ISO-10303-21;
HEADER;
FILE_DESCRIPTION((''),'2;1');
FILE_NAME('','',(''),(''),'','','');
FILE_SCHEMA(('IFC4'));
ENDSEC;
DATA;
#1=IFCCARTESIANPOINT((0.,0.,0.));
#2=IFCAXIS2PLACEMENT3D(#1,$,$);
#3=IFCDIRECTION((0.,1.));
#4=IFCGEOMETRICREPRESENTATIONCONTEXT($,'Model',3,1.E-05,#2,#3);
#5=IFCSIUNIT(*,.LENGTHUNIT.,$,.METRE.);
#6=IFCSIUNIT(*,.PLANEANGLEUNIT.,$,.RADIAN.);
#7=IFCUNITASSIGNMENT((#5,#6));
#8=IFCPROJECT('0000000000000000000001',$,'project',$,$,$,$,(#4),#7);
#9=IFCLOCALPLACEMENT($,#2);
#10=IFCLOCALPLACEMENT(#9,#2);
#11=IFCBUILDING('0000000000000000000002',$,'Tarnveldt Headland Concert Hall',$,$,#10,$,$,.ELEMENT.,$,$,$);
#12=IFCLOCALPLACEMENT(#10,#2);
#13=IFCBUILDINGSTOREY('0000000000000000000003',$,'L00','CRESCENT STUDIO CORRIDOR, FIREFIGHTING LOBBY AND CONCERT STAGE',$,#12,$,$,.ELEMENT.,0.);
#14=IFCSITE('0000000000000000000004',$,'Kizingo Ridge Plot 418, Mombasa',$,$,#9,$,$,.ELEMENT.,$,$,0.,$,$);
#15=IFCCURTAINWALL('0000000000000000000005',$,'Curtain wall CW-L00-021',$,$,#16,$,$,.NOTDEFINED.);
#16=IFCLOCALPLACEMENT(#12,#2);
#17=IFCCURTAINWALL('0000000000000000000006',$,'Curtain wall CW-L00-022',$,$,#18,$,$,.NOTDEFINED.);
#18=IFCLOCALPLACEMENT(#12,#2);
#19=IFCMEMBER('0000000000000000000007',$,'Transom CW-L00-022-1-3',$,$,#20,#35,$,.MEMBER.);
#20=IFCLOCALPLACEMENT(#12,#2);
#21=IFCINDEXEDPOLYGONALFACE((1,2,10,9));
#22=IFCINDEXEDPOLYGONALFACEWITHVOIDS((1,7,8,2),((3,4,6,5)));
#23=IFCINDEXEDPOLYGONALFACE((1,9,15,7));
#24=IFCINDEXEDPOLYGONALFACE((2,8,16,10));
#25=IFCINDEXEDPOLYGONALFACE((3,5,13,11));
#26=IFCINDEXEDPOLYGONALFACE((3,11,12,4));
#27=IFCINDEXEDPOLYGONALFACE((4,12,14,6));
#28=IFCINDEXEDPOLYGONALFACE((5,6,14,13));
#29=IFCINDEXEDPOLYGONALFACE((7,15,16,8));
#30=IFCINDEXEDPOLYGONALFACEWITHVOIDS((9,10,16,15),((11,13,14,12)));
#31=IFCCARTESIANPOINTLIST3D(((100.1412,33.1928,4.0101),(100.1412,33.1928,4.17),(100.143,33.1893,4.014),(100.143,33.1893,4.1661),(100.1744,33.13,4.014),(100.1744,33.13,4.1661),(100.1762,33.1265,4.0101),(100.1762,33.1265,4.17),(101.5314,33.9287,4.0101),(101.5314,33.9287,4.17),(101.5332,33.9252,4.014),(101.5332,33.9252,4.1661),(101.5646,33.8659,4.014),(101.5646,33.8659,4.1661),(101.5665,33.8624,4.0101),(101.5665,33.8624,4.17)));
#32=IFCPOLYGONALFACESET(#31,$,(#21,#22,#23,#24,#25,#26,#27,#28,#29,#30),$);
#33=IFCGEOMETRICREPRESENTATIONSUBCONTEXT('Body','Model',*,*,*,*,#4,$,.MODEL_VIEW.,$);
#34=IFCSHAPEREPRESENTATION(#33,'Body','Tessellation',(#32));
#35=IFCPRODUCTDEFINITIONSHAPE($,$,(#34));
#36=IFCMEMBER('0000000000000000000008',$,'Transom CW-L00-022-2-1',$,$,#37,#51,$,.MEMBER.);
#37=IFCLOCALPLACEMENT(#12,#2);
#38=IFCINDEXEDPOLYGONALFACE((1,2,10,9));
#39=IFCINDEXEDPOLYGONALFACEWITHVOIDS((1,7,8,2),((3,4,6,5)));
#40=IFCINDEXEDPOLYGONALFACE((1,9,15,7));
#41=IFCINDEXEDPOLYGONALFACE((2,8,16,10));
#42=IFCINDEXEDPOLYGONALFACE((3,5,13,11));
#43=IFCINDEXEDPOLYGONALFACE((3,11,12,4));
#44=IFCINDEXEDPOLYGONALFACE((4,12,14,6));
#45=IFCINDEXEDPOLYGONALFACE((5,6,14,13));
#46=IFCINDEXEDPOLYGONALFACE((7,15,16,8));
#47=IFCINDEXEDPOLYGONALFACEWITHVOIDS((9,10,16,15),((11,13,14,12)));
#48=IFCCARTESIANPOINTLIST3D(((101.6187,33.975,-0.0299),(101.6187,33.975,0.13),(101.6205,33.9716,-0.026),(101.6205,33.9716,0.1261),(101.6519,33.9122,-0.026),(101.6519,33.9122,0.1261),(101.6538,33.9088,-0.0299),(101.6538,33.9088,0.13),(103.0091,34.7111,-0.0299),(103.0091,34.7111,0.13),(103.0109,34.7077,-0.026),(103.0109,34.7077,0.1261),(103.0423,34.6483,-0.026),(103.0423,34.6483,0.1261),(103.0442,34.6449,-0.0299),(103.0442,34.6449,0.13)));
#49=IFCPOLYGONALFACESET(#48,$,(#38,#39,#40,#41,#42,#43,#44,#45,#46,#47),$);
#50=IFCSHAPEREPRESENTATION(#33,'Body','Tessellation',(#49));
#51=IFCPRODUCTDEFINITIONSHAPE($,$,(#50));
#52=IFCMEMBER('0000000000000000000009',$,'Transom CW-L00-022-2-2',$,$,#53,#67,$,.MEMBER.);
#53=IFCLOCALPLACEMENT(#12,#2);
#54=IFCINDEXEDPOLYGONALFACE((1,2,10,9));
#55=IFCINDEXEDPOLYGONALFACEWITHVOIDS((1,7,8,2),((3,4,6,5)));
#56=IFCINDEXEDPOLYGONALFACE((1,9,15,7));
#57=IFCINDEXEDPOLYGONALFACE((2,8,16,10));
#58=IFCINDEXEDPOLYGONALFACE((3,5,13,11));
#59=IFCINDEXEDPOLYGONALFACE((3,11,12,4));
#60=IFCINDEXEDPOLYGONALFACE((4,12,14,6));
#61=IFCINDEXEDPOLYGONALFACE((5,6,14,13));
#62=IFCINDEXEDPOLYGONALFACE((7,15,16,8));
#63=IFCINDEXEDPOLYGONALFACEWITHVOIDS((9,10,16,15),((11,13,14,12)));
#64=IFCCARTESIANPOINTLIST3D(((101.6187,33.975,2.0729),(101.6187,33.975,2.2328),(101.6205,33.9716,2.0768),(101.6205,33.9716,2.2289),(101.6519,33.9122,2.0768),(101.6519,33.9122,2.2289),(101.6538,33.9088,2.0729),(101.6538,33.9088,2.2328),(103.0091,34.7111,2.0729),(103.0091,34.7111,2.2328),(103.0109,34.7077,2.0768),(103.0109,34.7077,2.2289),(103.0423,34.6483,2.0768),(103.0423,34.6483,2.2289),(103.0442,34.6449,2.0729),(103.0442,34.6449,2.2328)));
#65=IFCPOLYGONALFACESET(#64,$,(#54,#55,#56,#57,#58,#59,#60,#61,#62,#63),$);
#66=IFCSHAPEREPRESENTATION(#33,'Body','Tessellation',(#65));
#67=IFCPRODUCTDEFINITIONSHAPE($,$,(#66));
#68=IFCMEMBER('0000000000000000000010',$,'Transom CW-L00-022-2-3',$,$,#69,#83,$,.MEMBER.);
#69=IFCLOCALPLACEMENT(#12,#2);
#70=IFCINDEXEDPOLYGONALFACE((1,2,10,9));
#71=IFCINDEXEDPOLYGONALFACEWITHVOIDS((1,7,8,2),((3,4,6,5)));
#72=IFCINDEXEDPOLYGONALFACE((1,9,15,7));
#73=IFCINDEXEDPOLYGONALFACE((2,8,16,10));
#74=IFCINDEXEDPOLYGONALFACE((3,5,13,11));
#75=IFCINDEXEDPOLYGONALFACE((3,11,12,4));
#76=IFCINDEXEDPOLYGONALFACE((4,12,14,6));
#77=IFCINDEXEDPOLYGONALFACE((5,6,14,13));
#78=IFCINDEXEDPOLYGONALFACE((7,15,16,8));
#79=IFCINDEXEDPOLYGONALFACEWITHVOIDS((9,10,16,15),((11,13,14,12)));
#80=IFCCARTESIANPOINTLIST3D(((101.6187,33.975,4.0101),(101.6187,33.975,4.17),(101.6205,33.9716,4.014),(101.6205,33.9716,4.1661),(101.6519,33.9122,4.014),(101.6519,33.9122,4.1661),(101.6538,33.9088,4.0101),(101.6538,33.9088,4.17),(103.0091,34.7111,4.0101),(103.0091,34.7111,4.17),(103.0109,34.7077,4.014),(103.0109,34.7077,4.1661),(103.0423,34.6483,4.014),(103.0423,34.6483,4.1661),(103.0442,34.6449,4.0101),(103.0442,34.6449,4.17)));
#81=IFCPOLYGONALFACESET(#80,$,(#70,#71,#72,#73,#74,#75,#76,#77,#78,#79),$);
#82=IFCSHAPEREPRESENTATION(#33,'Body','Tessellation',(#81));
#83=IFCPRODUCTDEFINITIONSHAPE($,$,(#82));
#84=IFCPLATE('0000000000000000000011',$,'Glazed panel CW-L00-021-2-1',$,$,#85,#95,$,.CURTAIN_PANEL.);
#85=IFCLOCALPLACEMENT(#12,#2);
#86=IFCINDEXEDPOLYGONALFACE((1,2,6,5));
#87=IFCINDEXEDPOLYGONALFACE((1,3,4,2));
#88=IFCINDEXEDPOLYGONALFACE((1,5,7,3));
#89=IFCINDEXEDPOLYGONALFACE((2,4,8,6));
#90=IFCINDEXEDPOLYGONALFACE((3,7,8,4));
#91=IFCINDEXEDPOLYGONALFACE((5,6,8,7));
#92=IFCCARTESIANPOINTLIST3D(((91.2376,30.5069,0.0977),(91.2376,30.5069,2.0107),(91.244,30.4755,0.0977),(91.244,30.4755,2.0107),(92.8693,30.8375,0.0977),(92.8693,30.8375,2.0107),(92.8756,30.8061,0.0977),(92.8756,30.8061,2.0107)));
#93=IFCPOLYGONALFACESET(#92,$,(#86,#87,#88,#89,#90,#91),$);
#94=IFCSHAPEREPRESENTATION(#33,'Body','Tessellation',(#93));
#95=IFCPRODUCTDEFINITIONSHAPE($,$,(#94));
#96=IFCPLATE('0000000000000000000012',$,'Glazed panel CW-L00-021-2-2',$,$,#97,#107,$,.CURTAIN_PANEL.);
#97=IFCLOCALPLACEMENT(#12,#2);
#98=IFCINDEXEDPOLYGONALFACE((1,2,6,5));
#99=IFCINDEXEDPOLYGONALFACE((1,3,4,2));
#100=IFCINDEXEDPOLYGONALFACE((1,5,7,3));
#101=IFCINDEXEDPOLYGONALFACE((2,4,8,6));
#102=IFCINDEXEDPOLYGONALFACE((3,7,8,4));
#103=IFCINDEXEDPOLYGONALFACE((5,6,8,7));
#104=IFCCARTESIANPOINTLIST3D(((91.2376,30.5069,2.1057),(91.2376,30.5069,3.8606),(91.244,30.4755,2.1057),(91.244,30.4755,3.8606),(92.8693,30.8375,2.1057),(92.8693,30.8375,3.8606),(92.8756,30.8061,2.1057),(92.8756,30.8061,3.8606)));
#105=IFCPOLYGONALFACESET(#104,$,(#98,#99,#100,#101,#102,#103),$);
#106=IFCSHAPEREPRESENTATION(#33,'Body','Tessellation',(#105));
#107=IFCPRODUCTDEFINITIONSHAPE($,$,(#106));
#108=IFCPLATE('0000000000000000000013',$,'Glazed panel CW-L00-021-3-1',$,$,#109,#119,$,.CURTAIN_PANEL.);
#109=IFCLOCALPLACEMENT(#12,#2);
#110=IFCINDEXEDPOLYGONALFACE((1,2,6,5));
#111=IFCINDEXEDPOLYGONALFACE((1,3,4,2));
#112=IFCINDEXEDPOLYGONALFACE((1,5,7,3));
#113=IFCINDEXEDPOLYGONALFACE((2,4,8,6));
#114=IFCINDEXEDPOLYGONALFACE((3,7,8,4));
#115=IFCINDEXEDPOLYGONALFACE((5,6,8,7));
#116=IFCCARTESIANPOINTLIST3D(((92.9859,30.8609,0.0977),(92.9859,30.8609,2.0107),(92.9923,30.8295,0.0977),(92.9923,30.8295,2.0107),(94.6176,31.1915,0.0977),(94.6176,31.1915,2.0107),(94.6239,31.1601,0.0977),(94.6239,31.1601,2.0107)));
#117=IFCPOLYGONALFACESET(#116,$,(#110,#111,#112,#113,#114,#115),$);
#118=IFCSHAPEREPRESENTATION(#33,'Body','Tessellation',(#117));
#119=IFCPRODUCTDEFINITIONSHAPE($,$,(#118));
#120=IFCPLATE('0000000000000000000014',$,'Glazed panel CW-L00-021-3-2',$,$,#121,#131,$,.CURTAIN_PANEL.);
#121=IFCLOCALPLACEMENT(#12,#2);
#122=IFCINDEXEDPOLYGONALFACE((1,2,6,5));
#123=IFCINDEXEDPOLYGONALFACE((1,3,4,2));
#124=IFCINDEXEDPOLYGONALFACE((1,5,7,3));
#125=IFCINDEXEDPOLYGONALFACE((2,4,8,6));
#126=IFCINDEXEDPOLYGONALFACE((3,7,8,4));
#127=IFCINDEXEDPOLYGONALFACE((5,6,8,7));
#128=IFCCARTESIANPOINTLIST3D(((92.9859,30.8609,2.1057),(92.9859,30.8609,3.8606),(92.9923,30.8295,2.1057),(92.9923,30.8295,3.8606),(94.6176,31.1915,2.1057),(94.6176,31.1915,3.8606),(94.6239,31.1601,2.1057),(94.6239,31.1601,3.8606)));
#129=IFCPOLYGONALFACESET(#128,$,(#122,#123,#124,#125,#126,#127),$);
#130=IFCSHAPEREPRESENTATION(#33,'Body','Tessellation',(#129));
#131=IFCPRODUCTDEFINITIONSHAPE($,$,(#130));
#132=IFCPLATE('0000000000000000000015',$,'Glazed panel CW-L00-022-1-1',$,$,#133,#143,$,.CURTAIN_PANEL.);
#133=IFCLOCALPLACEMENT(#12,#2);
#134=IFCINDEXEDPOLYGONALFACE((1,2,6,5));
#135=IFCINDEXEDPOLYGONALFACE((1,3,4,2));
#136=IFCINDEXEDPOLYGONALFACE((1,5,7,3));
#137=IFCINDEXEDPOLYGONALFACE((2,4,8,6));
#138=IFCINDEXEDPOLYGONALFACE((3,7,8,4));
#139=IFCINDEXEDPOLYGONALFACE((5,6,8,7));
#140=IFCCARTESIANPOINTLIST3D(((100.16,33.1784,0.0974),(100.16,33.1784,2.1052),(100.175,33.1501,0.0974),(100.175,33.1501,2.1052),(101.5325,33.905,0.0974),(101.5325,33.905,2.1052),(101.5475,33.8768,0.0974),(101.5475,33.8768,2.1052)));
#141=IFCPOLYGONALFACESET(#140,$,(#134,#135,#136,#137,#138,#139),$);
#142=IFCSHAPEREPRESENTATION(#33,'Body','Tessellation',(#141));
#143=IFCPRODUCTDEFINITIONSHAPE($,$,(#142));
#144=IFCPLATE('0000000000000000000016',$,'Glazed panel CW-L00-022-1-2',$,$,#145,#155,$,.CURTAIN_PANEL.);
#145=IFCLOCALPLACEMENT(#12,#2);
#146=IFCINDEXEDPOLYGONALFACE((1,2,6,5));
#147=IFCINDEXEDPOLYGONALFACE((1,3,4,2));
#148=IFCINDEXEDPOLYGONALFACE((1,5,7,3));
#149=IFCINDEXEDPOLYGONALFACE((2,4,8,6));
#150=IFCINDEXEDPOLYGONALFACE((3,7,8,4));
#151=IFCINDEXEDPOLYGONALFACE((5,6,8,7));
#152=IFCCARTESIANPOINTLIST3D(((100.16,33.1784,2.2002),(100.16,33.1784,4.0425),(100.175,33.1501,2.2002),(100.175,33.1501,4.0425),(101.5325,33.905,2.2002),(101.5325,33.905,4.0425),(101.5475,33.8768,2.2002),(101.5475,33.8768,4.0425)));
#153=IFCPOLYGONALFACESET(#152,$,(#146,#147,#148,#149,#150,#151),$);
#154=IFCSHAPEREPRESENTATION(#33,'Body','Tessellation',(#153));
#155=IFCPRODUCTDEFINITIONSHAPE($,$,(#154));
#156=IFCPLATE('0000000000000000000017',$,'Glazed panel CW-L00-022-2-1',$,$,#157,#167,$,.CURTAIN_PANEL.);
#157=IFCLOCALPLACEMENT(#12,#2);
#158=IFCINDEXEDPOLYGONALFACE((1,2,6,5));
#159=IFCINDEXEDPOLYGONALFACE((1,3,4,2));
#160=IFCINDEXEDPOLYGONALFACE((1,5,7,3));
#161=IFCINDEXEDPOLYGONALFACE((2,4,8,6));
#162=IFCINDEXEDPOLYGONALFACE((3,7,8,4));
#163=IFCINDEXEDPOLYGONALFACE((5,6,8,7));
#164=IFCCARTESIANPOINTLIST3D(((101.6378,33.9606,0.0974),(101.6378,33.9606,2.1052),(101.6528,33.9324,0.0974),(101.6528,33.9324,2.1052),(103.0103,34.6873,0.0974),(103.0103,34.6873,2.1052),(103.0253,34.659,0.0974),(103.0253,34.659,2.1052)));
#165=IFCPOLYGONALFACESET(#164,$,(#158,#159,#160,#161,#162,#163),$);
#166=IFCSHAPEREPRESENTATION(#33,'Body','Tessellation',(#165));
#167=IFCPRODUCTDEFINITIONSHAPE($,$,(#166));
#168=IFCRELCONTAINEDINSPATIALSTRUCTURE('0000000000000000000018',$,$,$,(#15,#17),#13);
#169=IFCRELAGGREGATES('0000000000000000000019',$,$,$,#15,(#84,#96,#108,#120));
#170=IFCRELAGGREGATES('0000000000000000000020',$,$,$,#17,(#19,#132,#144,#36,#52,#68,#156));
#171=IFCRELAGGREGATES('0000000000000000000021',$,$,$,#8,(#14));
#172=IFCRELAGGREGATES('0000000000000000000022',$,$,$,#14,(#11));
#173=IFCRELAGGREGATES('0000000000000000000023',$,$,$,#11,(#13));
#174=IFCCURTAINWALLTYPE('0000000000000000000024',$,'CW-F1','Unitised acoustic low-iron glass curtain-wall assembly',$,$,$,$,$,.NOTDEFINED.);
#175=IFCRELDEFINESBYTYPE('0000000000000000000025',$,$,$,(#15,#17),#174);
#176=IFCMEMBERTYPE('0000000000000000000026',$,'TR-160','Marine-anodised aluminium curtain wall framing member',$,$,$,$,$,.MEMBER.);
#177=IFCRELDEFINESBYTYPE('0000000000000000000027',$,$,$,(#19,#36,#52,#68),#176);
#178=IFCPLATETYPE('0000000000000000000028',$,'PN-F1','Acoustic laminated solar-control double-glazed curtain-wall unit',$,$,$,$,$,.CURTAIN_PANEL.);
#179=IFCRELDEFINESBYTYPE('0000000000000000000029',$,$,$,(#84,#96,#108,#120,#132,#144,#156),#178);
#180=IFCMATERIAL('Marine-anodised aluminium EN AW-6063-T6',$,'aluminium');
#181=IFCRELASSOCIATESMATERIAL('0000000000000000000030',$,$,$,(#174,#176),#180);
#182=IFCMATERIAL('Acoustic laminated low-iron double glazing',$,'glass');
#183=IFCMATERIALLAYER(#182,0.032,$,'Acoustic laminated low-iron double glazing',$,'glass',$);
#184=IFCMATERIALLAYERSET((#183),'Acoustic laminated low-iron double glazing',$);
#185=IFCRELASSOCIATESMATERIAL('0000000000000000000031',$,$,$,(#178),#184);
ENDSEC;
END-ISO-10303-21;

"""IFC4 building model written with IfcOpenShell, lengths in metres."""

from ifc_helpers import new_model, si_unit, direction, frame, origin, origin_2d, place, context, subcontext, project, spatial, rectangle, hollow_rectangle, extrude, material, layer, layer_set, material_profile, profile_set, type_object, element, aggregate, save


model = new_model("IFC4")

# Units and contexts
model_context = context("Model", 3, precision=1e-05, world=origin(), true_north=direction((0.0, 1.0)))
body_context = subcontext(model_context, "Body", "Model", "MODEL_VIEW")
ifc_project = project(units=[si_unit("LENGTHUNIT", "METRE"), si_unit("PLANEANGLEUNIT", "RADIAN")], contexts=[model_context])

# Site, building, storey
site_placement = place(None, origin())
site = spatial("IfcSite", under=ifc_project, at=site_placement, Name="Kizingo Ridge Plot 418, Mombasa", CompositionType="ELEMENT", RefElevation=0.0)
building_placement = place(site_placement, origin())
building = spatial("IfcBuilding", under=site, at=building_placement, Name="Tarnveldt Headland Concert Hall", CompositionType="ELEMENT")
storey_placement = place(building_placement, origin())
storey = spatial("IfcBuildingStorey", under=building, at=storey_placement, Name="L00", Description="CRESCENT STUDIO CORRIDOR, FIREFIGHTING LOBBY AND CONCERT STAGE", CompositionType="ELEMENT", Elevation=0.0)

# Curtain walls
ifc_material_1 = material(Name="Marine-anodised aluminium EN AW-6063-T6", Category="aluminium")
curtain_wall_type = type_object("IfcCurtainWallType", Name="CW-F1", Description="Unitised acoustic low-iron glass curtain-wall assembly", PredefinedType="NOTDEFINED", material=ifc_material_1)
curtain_wall_1_placement = place(storey_placement, origin())
curtain_wall_1 = element("IfcCurtainWall", 1, at=curtain_wall_1_placement, inside=storey, type_object=curtain_wall_type, Name="Curtain wall CW-L00-021", PredefinedType="NOTDEFINED")
curtain_wall_2_placement = place(storey_placement, origin())
curtain_wall_2 = element("IfcCurtainWall", 2, at=curtain_wall_2_placement, inside=storey, type_object=curtain_wall_type, Name="Curtain wall CW-L00-022", PredefinedType="NOTDEFINED")

# Members
ifc_material_profile_1 = material_profile(ifc_material_1, hollow_rectangle(XDim=0.075, YDim=0.1599, WallThickness=0.0039, at=origin_2d()), Name="ALU TRANSOM 75x160x4", Category="aluminium")
ifc_profile_set_1 = profile_set([ifc_material_profile_1], Name="Marine-anodised aluminium EN AW-6063-T6")
member_type_1 = type_object("IfcMemberType", Name="TR-160", Description="Marine-anodised aluminium curtain wall framing member", PredefinedType="MEMBER", material=ifc_profile_set_1)
member_1_placement = place(storey_placement, frame((100.1587, 33.1597, 4.0901), z_axis=(0.883818, 0.467831, 0.0), x_axis=(-0.467831, 0.883818, 0.0)))
member_1 = element("IfcMember", 3, at=member_1_placement, type_object=member_type_1, Name="Transom CW-L00-022-1-3", PredefinedType="MEMBER", context=body_context, shape_type="SweptSolid", body=[
    extrude(hollow_rectangle(XDim=0.075, YDim=0.1599, WallThickness=0.0039, at=origin_2d()), origin(), (0.0, 0.0, 1.0), 1.573),
])
member_2_placement = place(storey_placement, frame((101.6362, 33.9419, 0.05), z_axis=(0.883788, 0.467888, 0.0), x_axis=(-0.467888, 0.883788, 0.0)))
member_2 = element("IfcMember", 4, at=member_2_placement, type_object=member_type_1, Name="Transom CW-L00-022-2-1", PredefinedType="MEMBER", context=body_context, shape_type="SweptSolid", body=[
    extrude(hollow_rectangle(XDim=0.075, YDim=0.1599, WallThickness=0.0039, at=origin_2d()), origin(), (0.0, 0.0, 1.0), 1.5732),
])
member_3_placement = place(storey_placement, frame((101.6362, 33.9419, 2.1528), z_axis=(0.883788, 0.467888, 0.0), x_axis=(-0.467888, 0.883788, 0.0)))
member_3 = element("IfcMember", 5, at=member_3_placement, type_object=member_type_1, Name="Transom CW-L00-022-2-2", PredefinedType="MEMBER", context=body_context, shape_type="SweptSolid", body=[
    extrude(hollow_rectangle(XDim=0.075, YDim=0.1599, WallThickness=0.0039, at=origin_2d()), origin(), (0.0, 0.0, 1.0), 1.5732),
])
member_4_placement = place(storey_placement, frame((101.6362, 33.9419, 4.0901), z_axis=(0.883788, 0.467888, 0.0), x_axis=(-0.467888, 0.883788, 0.0)))
member_4 = element("IfcMember", 6, at=member_4_placement, type_object=member_type_1, Name="Transom CW-L00-022-2-3", PredefinedType="MEMBER", context=body_context, shape_type="SweptSolid", body=[
    extrude(hollow_rectangle(XDim=0.075, YDim=0.1599, WallThickness=0.0039, at=origin_2d()), origin(), (0.0, 0.0, 1.0), 1.5732),
])

# Plates
ifc_material_2 = material(Name="Acoustic laminated low-iron double glazing", Category="glass")
ifc_layer_1 = layer(ifc_material_2, 0.032, Name="Acoustic laminated low-iron double glazing", Category="glass")
ifc_layer_set_1 = layer_set([ifc_layer_1], Name="Acoustic laminated low-iron double glazing")
plate_type = type_object("IfcPlateType", Name="PN-F1", Description="Acoustic laminated solar-control double-glazed curtain-wall unit", PredefinedType="CURTAIN_PANEL", material=ifc_layer_set_1)
plate_1_placement = place(storey_placement, frame((92.0566, 30.6565, 0.0977), z_axis=(0.0, 0.0, 1.0), x_axis=(0.980088, 0.198564, 0.0)))
plate_1 = element("IfcPlate", 7, at=plate_1_placement, type_object=plate_type, Name="Glazed panel CW-L00-021-2-1", PredefinedType="CURTAIN_PANEL", context=body_context, shape_type="SweptSolid", body=[
    extrude(rectangle(XDim=1.6648, YDim=0.032, at=origin_2d()), origin(), (0.0, 0.0, 1.0), 1.9131),
])
plate_2_placement = place(storey_placement, frame((92.0566, 30.6565, 2.1057), z_axis=(0.0, 0.0, 1.0), x_axis=(0.980088, 0.198564, 0.0)))
plate_2 = element("IfcPlate", 8, at=plate_2_placement, type_object=plate_type, Name="Glazed panel CW-L00-021-2-2", PredefinedType="CURTAIN_PANEL", context=body_context, shape_type="SweptSolid", body=[
    extrude(rectangle(XDim=1.6648, YDim=0.032, at=origin_2d()), origin(), (0.0, 0.0, 1.0), 1.7549),
])
plate_3_placement = place(storey_placement, frame((93.8049, 31.0105, 0.0977), z_axis=(0.0, 0.0, 1.0), x_axis=(0.980088, 0.198564, 0.0)))
plate_3 = element("IfcPlate", 9, at=plate_3_placement, type_object=plate_type, Name="Glazed panel CW-L00-021-3-1", PredefinedType="CURTAIN_PANEL", context=body_context, shape_type="SweptSolid", body=[
    extrude(rectangle(XDim=1.6648, YDim=0.032, at=origin_2d()), origin(), (0.0, 0.0, 1.0), 1.9131),
])
plate_4_placement = place(storey_placement, frame((93.8049, 31.0105, 2.1057), z_axis=(0.0, 0.0, 1.0), x_axis=(0.980088, 0.198564, 0.0)))
plate_4 = element("IfcPlate", 10, at=plate_4_placement, type_object=plate_type, Name="Glazed panel CW-L00-021-3-2", PredefinedType="CURTAIN_PANEL", context=body_context, shape_type="SweptSolid", body=[
    extrude(rectangle(XDim=1.6648, YDim=0.032, at=origin_2d()), origin(), (0.0, 0.0, 1.0), 1.7549),
])
aggregate(curtain_wall_1, [plate_1, plate_2, plate_3, plate_4])
plate_5_placement = place(storey_placement, frame((100.8538, 33.5276, 0.0974), z_axis=(0.0, 0.0, 1.0), x_axis=(0.883782, 0.467899, 0.0)))
plate_5 = element("IfcPlate", 11, at=plate_5_placement, type_object=plate_type, Name="Glazed panel CW-L00-022-1-1", PredefinedType="CURTAIN_PANEL", context=body_context, shape_type="SweptSolid", body=[
    extrude(rectangle(XDim=1.553, YDim=0.032, at=origin_2d()), origin(), (0.0, 0.0, 1.0), 2.0078),
])
plate_6_placement = place(storey_placement, frame((100.8538, 33.5276, 2.2002), z_axis=(0.0, 0.0, 1.0), x_axis=(0.883782, 0.467899, 0.0)))
plate_6 = element("IfcPlate", 12, at=plate_6_placement, type_object=plate_type, Name="Glazed panel CW-L00-022-1-2", PredefinedType="CURTAIN_PANEL", context=body_context, shape_type="SweptSolid", body=[
    extrude(rectangle(XDim=1.553, YDim=0.032, at=origin_2d()), origin(), (0.0, 0.0, 1.0), 1.8423),
])
plate_7_placement = place(storey_placement, frame((102.3315, 34.3098, 0.0974), z_axis=(0.0, 0.0, 1.0), x_axis=(0.883782, 0.467899, 0.0)))
plate_7 = element("IfcPlate", 13, at=plate_7_placement, type_object=plate_type, Name="Glazed panel CW-L00-022-2-1", PredefinedType="CURTAIN_PANEL", context=body_context, shape_type="SweptSolid", body=[
    extrude(rectangle(XDim=1.553, YDim=0.032, at=origin_2d()), origin(), (0.0, 0.0, 1.0), 2.0078),
])
aggregate(curtain_wall_2, [member_1, plate_5, plate_6, member_2, member_3, member_4, plate_7])

save(model, "model.ifc")
